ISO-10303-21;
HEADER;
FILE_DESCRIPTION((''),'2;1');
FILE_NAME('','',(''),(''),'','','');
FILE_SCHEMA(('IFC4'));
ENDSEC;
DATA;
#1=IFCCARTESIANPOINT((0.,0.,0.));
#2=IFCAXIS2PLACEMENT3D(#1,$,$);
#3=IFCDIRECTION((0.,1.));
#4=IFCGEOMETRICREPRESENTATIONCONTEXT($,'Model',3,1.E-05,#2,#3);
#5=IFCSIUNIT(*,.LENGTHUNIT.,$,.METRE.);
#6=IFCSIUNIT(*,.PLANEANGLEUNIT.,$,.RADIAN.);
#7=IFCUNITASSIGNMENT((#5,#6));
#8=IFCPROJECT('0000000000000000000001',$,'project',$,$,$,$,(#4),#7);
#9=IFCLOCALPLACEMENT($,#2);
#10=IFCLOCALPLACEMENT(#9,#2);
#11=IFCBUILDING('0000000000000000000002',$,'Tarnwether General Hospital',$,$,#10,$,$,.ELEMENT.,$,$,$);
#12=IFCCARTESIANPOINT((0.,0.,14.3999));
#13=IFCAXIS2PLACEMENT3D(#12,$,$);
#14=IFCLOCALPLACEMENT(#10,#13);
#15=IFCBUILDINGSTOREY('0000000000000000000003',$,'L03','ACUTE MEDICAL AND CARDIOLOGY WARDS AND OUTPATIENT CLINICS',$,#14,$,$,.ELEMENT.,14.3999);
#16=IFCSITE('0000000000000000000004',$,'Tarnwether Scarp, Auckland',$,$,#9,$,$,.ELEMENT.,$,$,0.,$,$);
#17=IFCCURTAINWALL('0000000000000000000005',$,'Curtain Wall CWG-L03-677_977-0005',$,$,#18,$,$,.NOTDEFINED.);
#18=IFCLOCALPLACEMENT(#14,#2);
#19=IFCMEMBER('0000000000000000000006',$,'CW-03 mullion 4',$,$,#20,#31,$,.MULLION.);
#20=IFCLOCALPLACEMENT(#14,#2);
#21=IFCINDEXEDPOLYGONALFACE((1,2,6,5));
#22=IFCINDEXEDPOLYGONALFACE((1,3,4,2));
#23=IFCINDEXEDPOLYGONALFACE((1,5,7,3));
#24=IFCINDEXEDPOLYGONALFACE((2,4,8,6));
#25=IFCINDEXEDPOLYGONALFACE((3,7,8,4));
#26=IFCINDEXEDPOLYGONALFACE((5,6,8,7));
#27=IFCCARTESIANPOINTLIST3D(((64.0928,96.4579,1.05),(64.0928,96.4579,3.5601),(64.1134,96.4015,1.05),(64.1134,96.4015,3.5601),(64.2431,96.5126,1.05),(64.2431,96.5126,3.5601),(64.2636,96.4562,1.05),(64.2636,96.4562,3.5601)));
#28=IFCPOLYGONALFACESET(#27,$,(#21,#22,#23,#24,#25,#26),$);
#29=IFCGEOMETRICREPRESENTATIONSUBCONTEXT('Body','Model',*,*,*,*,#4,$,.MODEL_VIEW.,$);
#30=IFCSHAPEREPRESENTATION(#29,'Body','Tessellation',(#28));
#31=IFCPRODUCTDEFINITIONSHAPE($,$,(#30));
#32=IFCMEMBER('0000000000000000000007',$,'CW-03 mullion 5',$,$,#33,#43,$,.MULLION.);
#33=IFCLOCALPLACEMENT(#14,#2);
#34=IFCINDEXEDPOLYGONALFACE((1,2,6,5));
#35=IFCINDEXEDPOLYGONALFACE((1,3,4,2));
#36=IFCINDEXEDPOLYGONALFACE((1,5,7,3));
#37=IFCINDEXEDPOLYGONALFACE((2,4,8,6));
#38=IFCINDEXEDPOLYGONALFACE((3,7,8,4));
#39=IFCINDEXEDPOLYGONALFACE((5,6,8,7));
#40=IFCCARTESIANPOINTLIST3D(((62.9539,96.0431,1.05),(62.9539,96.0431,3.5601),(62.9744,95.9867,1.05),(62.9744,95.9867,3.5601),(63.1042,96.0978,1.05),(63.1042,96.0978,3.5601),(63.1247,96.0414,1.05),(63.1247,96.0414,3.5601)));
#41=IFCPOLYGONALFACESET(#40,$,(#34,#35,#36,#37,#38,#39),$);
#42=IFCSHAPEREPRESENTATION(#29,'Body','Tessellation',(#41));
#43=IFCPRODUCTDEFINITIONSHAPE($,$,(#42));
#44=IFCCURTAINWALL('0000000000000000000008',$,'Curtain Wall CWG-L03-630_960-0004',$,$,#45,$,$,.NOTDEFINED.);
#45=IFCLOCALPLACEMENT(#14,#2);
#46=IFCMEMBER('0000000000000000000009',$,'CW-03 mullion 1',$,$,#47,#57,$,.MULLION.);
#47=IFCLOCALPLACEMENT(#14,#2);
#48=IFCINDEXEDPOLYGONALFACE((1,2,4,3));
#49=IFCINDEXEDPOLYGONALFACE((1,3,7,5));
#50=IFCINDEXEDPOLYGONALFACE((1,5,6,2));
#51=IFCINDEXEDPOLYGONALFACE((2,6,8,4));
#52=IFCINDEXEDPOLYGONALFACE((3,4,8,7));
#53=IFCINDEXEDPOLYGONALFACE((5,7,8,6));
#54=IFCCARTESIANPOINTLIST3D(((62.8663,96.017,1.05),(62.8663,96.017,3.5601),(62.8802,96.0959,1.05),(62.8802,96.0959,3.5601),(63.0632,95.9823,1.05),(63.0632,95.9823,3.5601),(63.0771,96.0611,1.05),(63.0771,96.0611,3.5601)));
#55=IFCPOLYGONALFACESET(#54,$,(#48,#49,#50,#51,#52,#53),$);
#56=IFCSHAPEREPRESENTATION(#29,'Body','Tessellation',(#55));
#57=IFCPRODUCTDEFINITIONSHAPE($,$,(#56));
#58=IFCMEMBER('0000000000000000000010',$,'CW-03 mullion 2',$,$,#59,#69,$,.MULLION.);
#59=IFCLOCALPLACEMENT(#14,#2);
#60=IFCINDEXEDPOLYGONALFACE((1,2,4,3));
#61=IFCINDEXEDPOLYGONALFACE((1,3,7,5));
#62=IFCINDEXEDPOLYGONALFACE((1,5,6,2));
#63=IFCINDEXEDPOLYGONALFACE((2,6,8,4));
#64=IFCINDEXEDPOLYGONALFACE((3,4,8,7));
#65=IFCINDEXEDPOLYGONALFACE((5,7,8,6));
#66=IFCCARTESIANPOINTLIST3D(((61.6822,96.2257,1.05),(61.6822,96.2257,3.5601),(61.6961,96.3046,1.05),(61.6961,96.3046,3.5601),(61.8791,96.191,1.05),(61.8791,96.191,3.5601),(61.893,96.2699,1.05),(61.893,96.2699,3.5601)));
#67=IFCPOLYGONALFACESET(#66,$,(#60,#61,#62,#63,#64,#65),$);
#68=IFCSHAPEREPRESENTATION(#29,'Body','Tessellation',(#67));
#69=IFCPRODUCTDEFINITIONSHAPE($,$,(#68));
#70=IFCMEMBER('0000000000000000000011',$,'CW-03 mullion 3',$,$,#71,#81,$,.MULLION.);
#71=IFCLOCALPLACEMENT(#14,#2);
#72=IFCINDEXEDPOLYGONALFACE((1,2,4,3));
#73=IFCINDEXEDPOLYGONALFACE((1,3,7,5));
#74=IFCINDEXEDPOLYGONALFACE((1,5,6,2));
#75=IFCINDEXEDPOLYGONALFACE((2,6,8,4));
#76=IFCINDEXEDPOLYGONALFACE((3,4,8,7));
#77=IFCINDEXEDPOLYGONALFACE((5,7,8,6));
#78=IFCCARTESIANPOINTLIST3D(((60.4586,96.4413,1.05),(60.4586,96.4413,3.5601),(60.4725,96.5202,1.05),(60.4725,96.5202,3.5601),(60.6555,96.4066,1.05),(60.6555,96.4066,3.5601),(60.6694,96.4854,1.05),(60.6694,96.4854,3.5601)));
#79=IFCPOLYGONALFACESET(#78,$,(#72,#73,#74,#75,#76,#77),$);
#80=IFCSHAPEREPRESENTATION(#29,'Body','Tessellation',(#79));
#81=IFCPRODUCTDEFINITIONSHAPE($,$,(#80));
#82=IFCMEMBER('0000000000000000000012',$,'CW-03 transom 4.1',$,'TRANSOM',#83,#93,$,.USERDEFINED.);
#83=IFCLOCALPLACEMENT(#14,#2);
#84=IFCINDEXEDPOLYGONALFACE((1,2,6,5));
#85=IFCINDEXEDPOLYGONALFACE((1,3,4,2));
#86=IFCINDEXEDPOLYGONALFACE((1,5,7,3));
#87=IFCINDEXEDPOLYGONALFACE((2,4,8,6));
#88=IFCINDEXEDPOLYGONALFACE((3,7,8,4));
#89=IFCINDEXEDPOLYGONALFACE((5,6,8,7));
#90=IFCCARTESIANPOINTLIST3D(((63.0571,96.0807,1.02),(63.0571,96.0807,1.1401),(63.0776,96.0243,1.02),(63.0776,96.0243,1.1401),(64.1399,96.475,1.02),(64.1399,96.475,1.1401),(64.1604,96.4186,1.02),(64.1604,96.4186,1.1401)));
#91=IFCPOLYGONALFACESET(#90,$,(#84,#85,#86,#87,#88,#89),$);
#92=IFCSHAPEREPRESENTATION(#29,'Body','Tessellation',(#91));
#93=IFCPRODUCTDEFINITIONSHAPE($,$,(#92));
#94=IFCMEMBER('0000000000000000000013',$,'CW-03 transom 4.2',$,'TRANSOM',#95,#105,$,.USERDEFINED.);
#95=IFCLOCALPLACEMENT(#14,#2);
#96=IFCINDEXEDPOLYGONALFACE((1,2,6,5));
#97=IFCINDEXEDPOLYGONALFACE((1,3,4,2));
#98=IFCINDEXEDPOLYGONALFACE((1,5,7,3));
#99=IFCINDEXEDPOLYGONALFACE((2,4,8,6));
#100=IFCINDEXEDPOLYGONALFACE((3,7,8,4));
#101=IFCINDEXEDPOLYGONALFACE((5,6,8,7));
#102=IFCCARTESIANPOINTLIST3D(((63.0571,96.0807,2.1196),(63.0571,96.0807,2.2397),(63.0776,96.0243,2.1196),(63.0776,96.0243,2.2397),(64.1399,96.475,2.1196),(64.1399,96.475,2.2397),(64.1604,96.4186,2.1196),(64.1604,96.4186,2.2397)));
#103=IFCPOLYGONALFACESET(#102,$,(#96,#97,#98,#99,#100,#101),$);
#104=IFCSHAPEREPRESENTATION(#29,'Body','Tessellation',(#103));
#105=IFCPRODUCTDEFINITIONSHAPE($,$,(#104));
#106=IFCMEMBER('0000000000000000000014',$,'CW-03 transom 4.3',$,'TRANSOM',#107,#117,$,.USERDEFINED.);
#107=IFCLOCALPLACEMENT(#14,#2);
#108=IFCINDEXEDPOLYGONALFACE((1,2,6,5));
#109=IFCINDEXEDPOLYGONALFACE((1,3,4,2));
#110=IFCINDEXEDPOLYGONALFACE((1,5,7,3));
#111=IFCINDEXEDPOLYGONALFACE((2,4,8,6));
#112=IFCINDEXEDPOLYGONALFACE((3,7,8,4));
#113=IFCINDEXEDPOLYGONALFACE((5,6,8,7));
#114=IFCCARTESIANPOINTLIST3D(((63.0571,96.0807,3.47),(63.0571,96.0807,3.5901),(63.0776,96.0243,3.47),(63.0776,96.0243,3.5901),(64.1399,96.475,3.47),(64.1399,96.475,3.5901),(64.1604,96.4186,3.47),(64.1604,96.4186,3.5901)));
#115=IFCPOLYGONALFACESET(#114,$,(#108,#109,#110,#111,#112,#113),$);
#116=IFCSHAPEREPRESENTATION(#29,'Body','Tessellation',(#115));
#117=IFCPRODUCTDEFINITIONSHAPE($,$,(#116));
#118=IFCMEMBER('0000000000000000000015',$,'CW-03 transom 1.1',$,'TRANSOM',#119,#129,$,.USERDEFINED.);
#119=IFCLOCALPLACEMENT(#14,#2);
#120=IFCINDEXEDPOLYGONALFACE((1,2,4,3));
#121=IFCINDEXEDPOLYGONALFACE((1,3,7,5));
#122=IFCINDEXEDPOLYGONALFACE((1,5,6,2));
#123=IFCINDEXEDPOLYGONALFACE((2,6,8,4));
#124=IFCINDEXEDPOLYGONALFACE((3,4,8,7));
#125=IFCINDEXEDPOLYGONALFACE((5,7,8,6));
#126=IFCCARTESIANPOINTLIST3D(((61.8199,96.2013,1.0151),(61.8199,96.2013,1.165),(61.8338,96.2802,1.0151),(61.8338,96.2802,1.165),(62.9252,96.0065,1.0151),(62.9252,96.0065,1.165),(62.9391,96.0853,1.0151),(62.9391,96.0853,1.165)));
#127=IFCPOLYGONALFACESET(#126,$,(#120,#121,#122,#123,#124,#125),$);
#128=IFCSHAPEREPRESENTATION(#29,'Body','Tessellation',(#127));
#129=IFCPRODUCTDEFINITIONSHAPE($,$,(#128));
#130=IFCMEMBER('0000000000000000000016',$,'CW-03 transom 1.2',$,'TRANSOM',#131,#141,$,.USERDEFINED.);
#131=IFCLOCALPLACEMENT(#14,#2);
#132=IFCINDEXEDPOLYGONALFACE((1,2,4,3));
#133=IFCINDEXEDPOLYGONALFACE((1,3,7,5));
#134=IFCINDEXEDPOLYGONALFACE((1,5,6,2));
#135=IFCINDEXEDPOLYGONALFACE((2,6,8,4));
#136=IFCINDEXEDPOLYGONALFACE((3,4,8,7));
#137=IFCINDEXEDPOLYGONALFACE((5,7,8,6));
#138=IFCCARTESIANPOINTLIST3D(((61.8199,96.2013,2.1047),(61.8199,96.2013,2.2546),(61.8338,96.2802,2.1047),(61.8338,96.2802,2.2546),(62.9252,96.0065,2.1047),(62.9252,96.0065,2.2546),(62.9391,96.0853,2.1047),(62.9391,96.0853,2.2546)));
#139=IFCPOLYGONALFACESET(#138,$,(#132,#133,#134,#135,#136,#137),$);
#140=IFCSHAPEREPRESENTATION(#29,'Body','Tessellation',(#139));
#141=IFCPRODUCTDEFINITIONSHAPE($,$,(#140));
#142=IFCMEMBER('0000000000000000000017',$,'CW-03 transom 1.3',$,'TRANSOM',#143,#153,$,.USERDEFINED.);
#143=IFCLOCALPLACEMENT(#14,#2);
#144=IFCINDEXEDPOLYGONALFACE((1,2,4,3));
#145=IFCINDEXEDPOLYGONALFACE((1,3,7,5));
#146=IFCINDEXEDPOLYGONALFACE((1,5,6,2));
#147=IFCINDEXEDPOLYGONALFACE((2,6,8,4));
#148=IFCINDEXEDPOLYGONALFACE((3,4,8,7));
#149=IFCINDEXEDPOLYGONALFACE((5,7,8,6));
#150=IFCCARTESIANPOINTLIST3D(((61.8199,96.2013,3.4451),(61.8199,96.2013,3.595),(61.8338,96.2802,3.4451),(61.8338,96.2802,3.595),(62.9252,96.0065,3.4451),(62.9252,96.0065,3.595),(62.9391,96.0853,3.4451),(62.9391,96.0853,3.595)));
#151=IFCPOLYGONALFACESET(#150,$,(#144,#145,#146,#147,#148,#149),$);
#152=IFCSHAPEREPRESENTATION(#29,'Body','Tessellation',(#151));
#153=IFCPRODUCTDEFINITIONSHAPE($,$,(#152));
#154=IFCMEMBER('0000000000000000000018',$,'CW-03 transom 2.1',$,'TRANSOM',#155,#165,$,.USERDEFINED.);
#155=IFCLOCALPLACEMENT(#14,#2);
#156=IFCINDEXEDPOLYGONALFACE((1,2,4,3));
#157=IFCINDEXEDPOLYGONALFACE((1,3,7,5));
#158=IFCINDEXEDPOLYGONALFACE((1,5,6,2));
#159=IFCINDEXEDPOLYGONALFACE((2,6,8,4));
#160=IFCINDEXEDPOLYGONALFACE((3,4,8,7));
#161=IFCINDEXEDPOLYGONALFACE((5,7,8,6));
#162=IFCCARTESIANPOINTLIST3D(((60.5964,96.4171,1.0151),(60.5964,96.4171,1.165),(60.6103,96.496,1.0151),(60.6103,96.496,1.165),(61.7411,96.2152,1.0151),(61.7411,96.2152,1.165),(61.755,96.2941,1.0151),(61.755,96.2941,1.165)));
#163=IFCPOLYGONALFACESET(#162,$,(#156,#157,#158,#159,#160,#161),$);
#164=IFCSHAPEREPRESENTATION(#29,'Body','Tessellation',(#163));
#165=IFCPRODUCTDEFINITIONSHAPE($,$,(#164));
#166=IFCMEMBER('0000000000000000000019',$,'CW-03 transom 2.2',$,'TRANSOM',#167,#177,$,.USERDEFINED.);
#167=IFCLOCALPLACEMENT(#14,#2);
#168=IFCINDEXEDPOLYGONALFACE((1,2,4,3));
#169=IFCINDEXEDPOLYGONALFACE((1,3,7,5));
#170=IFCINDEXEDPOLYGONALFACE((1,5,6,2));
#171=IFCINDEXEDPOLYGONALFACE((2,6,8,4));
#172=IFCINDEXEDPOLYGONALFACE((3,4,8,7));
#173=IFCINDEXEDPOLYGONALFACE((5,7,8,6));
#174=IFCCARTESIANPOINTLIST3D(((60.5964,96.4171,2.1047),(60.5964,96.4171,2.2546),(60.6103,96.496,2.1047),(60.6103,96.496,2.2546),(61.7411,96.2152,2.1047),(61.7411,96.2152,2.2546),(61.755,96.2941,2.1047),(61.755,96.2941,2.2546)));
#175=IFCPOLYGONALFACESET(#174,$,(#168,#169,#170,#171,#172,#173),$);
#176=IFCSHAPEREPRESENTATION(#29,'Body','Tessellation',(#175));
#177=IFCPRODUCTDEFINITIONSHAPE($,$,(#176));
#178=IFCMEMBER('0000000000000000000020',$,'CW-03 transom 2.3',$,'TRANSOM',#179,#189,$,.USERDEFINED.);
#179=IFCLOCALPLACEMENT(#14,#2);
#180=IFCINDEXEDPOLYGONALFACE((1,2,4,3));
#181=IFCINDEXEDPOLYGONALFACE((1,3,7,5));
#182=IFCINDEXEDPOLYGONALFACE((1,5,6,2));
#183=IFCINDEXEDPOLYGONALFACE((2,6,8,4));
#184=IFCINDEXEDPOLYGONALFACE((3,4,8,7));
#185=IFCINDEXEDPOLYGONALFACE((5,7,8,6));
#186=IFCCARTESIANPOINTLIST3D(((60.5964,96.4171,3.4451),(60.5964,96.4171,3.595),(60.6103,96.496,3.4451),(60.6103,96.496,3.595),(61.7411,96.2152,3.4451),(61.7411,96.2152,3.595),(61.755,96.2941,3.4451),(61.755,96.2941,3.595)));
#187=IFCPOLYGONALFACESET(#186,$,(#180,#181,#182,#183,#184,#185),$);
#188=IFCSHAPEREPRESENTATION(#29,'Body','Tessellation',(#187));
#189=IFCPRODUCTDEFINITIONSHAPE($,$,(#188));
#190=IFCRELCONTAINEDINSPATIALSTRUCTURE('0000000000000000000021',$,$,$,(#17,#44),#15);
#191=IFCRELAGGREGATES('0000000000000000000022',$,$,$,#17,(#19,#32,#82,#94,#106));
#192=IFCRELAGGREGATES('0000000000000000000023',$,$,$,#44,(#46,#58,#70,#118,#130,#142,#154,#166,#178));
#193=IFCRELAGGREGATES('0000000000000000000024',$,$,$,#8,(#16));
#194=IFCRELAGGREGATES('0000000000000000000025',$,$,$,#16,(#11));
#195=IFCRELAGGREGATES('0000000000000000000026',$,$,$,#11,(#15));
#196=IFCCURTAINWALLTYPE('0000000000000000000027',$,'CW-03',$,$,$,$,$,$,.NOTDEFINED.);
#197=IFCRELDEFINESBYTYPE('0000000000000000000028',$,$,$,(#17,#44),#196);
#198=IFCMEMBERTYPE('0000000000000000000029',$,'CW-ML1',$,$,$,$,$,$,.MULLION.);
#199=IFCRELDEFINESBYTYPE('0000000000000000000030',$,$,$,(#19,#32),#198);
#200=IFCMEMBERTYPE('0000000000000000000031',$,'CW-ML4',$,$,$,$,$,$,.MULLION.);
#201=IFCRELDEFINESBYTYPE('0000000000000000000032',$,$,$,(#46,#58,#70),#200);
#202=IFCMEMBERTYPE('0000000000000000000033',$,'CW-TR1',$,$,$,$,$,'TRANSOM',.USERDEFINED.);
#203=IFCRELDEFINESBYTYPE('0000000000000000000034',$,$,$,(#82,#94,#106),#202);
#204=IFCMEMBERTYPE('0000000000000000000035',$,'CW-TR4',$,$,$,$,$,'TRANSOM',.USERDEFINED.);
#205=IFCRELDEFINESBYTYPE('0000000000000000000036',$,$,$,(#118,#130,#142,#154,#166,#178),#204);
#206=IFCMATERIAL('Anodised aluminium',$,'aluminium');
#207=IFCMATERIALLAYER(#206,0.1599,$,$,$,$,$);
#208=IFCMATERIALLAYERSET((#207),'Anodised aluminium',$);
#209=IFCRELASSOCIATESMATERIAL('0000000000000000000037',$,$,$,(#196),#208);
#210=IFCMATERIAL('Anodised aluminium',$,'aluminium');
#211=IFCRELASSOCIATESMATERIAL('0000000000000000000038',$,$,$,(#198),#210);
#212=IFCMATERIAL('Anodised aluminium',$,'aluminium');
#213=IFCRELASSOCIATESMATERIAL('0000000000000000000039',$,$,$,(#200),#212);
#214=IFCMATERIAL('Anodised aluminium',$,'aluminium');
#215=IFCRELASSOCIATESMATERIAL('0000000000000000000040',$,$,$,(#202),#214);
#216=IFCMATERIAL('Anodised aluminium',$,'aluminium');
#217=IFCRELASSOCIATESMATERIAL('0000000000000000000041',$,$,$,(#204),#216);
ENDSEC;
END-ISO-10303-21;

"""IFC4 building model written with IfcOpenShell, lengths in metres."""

from ifc_helpers import new_model, si_unit, direction, frame, origin, origin_2d, place, context, subcontext, project, spatial, rectangle, extrude, material, layer, layer_set, material_profile, profile_set, type_object, element, aggregate, save


model = new_model("IFC4")

# Units and contexts
model_context = context("Model", 3, precision=1e-05, world=origin(), true_north=direction((0.0, 1.0)))
body_context = subcontext(model_context, "Body", "Model", "MODEL_VIEW")
ifc_project = project(units=[si_unit("LENGTHUNIT", "METRE"), si_unit("PLANEANGLEUNIT", "RADIAN")], contexts=[model_context])

# Site, building, storey
site_placement = place(None, origin())
site = spatial("IfcSite", under=ifc_project, at=site_placement, Name="Tarnwether Scarp, Auckland", CompositionType="ELEMENT", RefElevation=0.0)
building_placement = place(site_placement, origin())
building = spatial("IfcBuilding", under=site, at=building_placement, Name="Tarnwether General Hospital", CompositionType="ELEMENT")
storey_placement = place(building_placement, frame((0.0, 0.0, 14.3999)))
storey = spatial("IfcBuildingStorey", under=building, at=storey_placement, Name="L03", Description="ACUTE MEDICAL AND CARDIOLOGY WARDS AND OUTPATIENT CLINICS", CompositionType="ELEMENT", Elevation=14.3999)

# Curtain walls, members
ifc_material_1 = material(Name="Anodised aluminium", Category="aluminium")
ifc_layer_1 = layer(ifc_material_1, 0.1599)
ifc_layer_set_1 = layer_set([ifc_layer_1], Name="Anodised aluminium")
curtain_wall_type = type_object("IfcCurtainWallType", Name="CW-03", PredefinedType="NOTDEFINED", material=ifc_layer_set_1)
curtain_wall_1_placement = place(storey_placement, origin())
curtain_wall_1 = element("IfcCurtainWall", 1, at=curtain_wall_1_placement, inside=storey, type_object=curtain_wall_type, Name="Curtain Wall CWG-L03-677_977-0005", PredefinedType="NOTDEFINED")
ifc_material_2 = material(Name="Anodised aluminium", Category="aluminium")
ifc_material_profile_1 = material_profile(ifc_material_2, rectangle(XDim=0.0601, YDim=0.1599, at=origin_2d()), Name="ALU-MUL-60x160")
ifc_profile_set_1 = profile_set([ifc_material_profile_1], Name="Anodised aluminium")
member_type_1 = type_object("IfcMemberType", Name="CW-ML1", PredefinedType="MULLION", material=ifc_profile_set_1)
member_1_placement = place(storey_placement, frame((64.1782, 96.457, 1.05), z_axis=(0.0, 0.0, 1.0), x_axis=(0.342131, -0.939652, 0.0)))
member_1 = element("IfcMember", 2, at=member_1_placement, type_object=member_type_1, Name="CW-03 mullion 4", PredefinedType="MULLION", context=body_context, shape_type="SweptSolid", body=[
    extrude(rectangle(XDim=0.0601, YDim=0.1599, at=origin_2d()), origin(), (0.0, 0.0, 1.0), 2.51),
])
member_2_placement = place(storey_placement, frame((63.0393, 96.0422, 1.05), z_axis=(0.0, 0.0, 1.0), x_axis=(0.342131, -0.939652, 0.0)))
member_2 = element("IfcMember", 3, at=member_2_placement, type_object=member_type_1, Name="CW-03 mullion 5", PredefinedType="MULLION", context=body_context, shape_type="SweptSolid", body=[
    extrude(rectangle(XDim=0.0601, YDim=0.1599, at=origin_2d()), origin(), (0.0, 0.0, 1.0), 2.51),
])
curtain_wall_2_placement = place(storey_placement, origin())
curtain_wall_2 = element("IfcCurtainWall", 4, at=curtain_wall_2_placement, inside=storey, type_object=curtain_wall_type, Name="Curtain Wall CWG-L03-630_960-0004", PredefinedType="NOTDEFINED")
ifc_material_3 = material(Name="Anodised aluminium", Category="aluminium")
ifc_material_profile_2 = material_profile(ifc_material_3, rectangle(XDim=0.0801, YDim=0.2, at=origin_2d()), Name="ALU-MUL-80x200")
ifc_profile_set_2 = profile_set([ifc_material_profile_2], Name="Anodised aluminium")
member_type_2 = type_object("IfcMemberType", Name="CW-ML4", PredefinedType="MULLION", material=ifc_profile_set_2)
member_3_placement = place(storey_placement, frame((62.9717, 96.0391, 1.05), z_axis=(0.0, 0.0, 1.0), x_axis=(-0.173659, -0.984806, 0.0)))
member_3 = element("IfcMember", 5, at=member_3_placement, type_object=member_type_2, Name="CW-03 mullion 1", PredefinedType="MULLION", context=body_context, shape_type="SweptSolid", body=[
    extrude(rectangle(XDim=0.0801, YDim=0.2, at=origin_2d()), origin(), (0.0, 0.0, 1.0), 2.51),
])
member_4_placement = place(storey_placement, frame((61.7876, 96.2478, 1.05), z_axis=(0.0, 0.0, 1.0), x_axis=(-0.173659, -0.984806, 0.0)))
member_4 = element("IfcMember", 6, at=member_4_placement, type_object=member_type_2, Name="CW-03 mullion 2", PredefinedType="MULLION", context=body_context, shape_type="SweptSolid", body=[
    extrude(rectangle(XDim=0.0801, YDim=0.2, at=origin_2d()), origin(), (0.0, 0.0, 1.0), 2.51),
])
member_5_placement = place(storey_placement, frame((60.564, 96.4634, 1.05), z_axis=(0.0, 0.0, 1.0), x_axis=(-0.173659, -0.984806, 0.0)))
member_5 = element("IfcMember", 7, at=member_5_placement, type_object=member_type_2, Name="CW-03 mullion 3", PredefinedType="MULLION", context=body_context, shape_type="SweptSolid", body=[
    extrude(rectangle(XDim=0.0801, YDim=0.2, at=origin_2d()), origin(), (0.0, 0.0, 1.0), 2.51),
])

# Members
ifc_material_4 = material(Name="Anodised aluminium", Category="aluminium")
ifc_material_profile_3 = material_profile(ifc_material_4, rectangle(XDim=0.0601, YDim=0.1201, at=origin_2d()), Name="ALU-TRN-60x120")
ifc_profile_set_3 = profile_set([ifc_material_profile_3], Name="Anodised aluminium")
member_type_3 = type_object("IfcMemberType", Name="CW-TR1", ElementType="TRANSOM", PredefinedType="USERDEFINED", material=ifc_profile_set_3)
member_6_placement = place(storey_placement, frame((64.1501, 96.4468, 1.0801), z_axis=(-0.939639, -0.342168, 0.0), x_axis=(0.342168, -0.939639, 0.0)))
member_6 = element("IfcMember", 8, at=member_6_placement, type_object=member_type_3, Name="CW-03 transom 4.1", ObjectType="TRANSOM", PredefinedType="USERDEFINED", context=body_context, shape_type="SweptSolid", body=[
    extrude(rectangle(XDim=0.0601, YDim=0.1201, at=origin_2d()), origin(), (0.0, 0.0, 1.0), 1.1523),
])
member_7_placement = place(storey_placement, frame((64.1501, 96.4468, 2.1797), z_axis=(-0.939639, -0.342168, 0.0), x_axis=(0.342168, -0.939639, 0.0)))
member_7 = element("IfcMember", 9, at=member_7_placement, type_object=member_type_3, Name="CW-03 transom 4.2", ObjectType="TRANSOM", PredefinedType="USERDEFINED", context=body_context, shape_type="SweptSolid", body=[
    extrude(rectangle(XDim=0.0601, YDim=0.1201, at=origin_2d()), origin(), (0.0, 0.0, 1.0), 1.1523),
])
member_8_placement = place(storey_placement, frame((64.1501, 96.4468, 3.53), z_axis=(-0.939639, -0.342168, 0.0), x_axis=(0.342168, -0.939639, 0.0)))
member_8 = element("IfcMember", 10, at=member_8_placement, type_object=member_type_3, Name="CW-03 transom 4.3", ObjectType="TRANSOM", PredefinedType="USERDEFINED", context=body_context, shape_type="SweptSolid", body=[
    extrude(rectangle(XDim=0.0601, YDim=0.1201, at=origin_2d()), origin(), (0.0, 0.0, 1.0), 1.1523),
])
ifc_material_5 = material(Name="Anodised aluminium", Category="aluminium")
ifc_material_profile_4 = material_profile(ifc_material_5, rectangle(XDim=0.0801, YDim=0.1499, at=origin_2d()), Name="ALU-TRN-80x150")
ifc_profile_set_4 = profile_set([ifc_material_profile_4], Name="Anodised aluminium")
member_type_4 = type_object("IfcMemberType", Name="CW-TR4", ElementType="TRANSOM", PredefinedType="USERDEFINED", material=ifc_profile_set_4)
member_9_placement = place(storey_placement, frame((62.9321, 96.0459, 1.0901), z_axis=(-0.984816, 0.173599, 0.0), x_axis=(-0.173599, -0.984816, 0.0)))
member_9 = element("IfcMember", 11, at=member_9_placement, type_object=member_type_4, Name="CW-03 transom 1.1", ObjectType="TRANSOM", PredefinedType="USERDEFINED", context=body_context, shape_type="SweptSolid", body=[
    extrude(rectangle(XDim=0.0801, YDim=0.1499, at=origin_2d()), origin(), (0.0, 0.0, 1.0), 1.1223),
])
member_10_placement = place(storey_placement, frame((62.9321, 96.0459, 2.1797), z_axis=(-0.984816, 0.173599, 0.0), x_axis=(-0.173599, -0.984816, 0.0)))
member_10 = element("IfcMember", 12, at=member_10_placement, type_object=member_type_4, Name="CW-03 transom 1.2", ObjectType="TRANSOM", PredefinedType="USERDEFINED", context=body_context, shape_type="SweptSolid", body=[
    extrude(rectangle(XDim=0.0801, YDim=0.1499, at=origin_2d()), origin(), (0.0, 0.0, 1.0), 1.1223),
])
member_11_placement = place(storey_placement, frame((62.9321, 96.0459, 3.52), z_axis=(-0.984816, 0.173599, 0.0), x_axis=(-0.173599, -0.984816, 0.0)))
member_11 = element("IfcMember", 13, at=member_11_placement, type_object=member_type_4, Name="CW-03 transom 1.3", ObjectType="TRANSOM", PredefinedType="USERDEFINED", context=body_context, shape_type="SweptSolid", body=[
    extrude(rectangle(XDim=0.0801, YDim=0.1499, at=origin_2d()), origin(), (0.0, 0.0, 1.0), 1.1223),
])
member_12_placement = place(storey_placement, frame((61.748, 96.2546, 1.0901), z_axis=(-0.9848, 0.173689, 0.0), x_axis=(-0.173689, -0.9848, 0.0)))
member_12 = element("IfcMember", 14, at=member_12_placement, type_object=member_type_4, Name="CW-03 transom 2.1", ObjectType="TRANSOM", PredefinedType="USERDEFINED", context=body_context, shape_type="SweptSolid", body=[
    extrude(rectangle(XDim=0.0801, YDim=0.1499, at=origin_2d()), origin(), (0.0, 0.0, 1.0), 1.1624),
])
member_13_placement = place(storey_placement, frame((61.748, 96.2546, 2.1797), z_axis=(-0.9848, 0.173689, 0.0), x_axis=(-0.173689, -0.9848, 0.0)))
member_13 = element("IfcMember", 15, at=member_13_placement, type_object=member_type_4, Name="CW-03 transom 2.2", ObjectType="TRANSOM", PredefinedType="USERDEFINED", context=body_context, shape_type="SweptSolid", body=[
    extrude(rectangle(XDim=0.0801, YDim=0.1499, at=origin_2d()), origin(), (0.0, 0.0, 1.0), 1.1624),
])
member_14_placement = place(storey_placement, frame((61.748, 96.2546, 3.52), z_axis=(-0.9848, 0.173689, 0.0), x_axis=(-0.173689, -0.9848, 0.0)))
member_14 = element("IfcMember", 16, at=member_14_placement, type_object=member_type_4, Name="CW-03 transom 2.3", ObjectType="TRANSOM", PredefinedType="USERDEFINED", context=body_context, shape_type="SweptSolid", body=[
    extrude(rectangle(XDim=0.0801, YDim=0.1499, at=origin_2d()), origin(), (0.0, 0.0, 1.0), 1.1624),
])

aggregate(curtain_wall_1, [member_1, member_2, member_6, member_7, member_8])
aggregate(curtain_wall_2, [member_3, member_4, member_5, member_9, member_10, member_11, member_12, member_13, member_14])

save(model, "model.ifc")
